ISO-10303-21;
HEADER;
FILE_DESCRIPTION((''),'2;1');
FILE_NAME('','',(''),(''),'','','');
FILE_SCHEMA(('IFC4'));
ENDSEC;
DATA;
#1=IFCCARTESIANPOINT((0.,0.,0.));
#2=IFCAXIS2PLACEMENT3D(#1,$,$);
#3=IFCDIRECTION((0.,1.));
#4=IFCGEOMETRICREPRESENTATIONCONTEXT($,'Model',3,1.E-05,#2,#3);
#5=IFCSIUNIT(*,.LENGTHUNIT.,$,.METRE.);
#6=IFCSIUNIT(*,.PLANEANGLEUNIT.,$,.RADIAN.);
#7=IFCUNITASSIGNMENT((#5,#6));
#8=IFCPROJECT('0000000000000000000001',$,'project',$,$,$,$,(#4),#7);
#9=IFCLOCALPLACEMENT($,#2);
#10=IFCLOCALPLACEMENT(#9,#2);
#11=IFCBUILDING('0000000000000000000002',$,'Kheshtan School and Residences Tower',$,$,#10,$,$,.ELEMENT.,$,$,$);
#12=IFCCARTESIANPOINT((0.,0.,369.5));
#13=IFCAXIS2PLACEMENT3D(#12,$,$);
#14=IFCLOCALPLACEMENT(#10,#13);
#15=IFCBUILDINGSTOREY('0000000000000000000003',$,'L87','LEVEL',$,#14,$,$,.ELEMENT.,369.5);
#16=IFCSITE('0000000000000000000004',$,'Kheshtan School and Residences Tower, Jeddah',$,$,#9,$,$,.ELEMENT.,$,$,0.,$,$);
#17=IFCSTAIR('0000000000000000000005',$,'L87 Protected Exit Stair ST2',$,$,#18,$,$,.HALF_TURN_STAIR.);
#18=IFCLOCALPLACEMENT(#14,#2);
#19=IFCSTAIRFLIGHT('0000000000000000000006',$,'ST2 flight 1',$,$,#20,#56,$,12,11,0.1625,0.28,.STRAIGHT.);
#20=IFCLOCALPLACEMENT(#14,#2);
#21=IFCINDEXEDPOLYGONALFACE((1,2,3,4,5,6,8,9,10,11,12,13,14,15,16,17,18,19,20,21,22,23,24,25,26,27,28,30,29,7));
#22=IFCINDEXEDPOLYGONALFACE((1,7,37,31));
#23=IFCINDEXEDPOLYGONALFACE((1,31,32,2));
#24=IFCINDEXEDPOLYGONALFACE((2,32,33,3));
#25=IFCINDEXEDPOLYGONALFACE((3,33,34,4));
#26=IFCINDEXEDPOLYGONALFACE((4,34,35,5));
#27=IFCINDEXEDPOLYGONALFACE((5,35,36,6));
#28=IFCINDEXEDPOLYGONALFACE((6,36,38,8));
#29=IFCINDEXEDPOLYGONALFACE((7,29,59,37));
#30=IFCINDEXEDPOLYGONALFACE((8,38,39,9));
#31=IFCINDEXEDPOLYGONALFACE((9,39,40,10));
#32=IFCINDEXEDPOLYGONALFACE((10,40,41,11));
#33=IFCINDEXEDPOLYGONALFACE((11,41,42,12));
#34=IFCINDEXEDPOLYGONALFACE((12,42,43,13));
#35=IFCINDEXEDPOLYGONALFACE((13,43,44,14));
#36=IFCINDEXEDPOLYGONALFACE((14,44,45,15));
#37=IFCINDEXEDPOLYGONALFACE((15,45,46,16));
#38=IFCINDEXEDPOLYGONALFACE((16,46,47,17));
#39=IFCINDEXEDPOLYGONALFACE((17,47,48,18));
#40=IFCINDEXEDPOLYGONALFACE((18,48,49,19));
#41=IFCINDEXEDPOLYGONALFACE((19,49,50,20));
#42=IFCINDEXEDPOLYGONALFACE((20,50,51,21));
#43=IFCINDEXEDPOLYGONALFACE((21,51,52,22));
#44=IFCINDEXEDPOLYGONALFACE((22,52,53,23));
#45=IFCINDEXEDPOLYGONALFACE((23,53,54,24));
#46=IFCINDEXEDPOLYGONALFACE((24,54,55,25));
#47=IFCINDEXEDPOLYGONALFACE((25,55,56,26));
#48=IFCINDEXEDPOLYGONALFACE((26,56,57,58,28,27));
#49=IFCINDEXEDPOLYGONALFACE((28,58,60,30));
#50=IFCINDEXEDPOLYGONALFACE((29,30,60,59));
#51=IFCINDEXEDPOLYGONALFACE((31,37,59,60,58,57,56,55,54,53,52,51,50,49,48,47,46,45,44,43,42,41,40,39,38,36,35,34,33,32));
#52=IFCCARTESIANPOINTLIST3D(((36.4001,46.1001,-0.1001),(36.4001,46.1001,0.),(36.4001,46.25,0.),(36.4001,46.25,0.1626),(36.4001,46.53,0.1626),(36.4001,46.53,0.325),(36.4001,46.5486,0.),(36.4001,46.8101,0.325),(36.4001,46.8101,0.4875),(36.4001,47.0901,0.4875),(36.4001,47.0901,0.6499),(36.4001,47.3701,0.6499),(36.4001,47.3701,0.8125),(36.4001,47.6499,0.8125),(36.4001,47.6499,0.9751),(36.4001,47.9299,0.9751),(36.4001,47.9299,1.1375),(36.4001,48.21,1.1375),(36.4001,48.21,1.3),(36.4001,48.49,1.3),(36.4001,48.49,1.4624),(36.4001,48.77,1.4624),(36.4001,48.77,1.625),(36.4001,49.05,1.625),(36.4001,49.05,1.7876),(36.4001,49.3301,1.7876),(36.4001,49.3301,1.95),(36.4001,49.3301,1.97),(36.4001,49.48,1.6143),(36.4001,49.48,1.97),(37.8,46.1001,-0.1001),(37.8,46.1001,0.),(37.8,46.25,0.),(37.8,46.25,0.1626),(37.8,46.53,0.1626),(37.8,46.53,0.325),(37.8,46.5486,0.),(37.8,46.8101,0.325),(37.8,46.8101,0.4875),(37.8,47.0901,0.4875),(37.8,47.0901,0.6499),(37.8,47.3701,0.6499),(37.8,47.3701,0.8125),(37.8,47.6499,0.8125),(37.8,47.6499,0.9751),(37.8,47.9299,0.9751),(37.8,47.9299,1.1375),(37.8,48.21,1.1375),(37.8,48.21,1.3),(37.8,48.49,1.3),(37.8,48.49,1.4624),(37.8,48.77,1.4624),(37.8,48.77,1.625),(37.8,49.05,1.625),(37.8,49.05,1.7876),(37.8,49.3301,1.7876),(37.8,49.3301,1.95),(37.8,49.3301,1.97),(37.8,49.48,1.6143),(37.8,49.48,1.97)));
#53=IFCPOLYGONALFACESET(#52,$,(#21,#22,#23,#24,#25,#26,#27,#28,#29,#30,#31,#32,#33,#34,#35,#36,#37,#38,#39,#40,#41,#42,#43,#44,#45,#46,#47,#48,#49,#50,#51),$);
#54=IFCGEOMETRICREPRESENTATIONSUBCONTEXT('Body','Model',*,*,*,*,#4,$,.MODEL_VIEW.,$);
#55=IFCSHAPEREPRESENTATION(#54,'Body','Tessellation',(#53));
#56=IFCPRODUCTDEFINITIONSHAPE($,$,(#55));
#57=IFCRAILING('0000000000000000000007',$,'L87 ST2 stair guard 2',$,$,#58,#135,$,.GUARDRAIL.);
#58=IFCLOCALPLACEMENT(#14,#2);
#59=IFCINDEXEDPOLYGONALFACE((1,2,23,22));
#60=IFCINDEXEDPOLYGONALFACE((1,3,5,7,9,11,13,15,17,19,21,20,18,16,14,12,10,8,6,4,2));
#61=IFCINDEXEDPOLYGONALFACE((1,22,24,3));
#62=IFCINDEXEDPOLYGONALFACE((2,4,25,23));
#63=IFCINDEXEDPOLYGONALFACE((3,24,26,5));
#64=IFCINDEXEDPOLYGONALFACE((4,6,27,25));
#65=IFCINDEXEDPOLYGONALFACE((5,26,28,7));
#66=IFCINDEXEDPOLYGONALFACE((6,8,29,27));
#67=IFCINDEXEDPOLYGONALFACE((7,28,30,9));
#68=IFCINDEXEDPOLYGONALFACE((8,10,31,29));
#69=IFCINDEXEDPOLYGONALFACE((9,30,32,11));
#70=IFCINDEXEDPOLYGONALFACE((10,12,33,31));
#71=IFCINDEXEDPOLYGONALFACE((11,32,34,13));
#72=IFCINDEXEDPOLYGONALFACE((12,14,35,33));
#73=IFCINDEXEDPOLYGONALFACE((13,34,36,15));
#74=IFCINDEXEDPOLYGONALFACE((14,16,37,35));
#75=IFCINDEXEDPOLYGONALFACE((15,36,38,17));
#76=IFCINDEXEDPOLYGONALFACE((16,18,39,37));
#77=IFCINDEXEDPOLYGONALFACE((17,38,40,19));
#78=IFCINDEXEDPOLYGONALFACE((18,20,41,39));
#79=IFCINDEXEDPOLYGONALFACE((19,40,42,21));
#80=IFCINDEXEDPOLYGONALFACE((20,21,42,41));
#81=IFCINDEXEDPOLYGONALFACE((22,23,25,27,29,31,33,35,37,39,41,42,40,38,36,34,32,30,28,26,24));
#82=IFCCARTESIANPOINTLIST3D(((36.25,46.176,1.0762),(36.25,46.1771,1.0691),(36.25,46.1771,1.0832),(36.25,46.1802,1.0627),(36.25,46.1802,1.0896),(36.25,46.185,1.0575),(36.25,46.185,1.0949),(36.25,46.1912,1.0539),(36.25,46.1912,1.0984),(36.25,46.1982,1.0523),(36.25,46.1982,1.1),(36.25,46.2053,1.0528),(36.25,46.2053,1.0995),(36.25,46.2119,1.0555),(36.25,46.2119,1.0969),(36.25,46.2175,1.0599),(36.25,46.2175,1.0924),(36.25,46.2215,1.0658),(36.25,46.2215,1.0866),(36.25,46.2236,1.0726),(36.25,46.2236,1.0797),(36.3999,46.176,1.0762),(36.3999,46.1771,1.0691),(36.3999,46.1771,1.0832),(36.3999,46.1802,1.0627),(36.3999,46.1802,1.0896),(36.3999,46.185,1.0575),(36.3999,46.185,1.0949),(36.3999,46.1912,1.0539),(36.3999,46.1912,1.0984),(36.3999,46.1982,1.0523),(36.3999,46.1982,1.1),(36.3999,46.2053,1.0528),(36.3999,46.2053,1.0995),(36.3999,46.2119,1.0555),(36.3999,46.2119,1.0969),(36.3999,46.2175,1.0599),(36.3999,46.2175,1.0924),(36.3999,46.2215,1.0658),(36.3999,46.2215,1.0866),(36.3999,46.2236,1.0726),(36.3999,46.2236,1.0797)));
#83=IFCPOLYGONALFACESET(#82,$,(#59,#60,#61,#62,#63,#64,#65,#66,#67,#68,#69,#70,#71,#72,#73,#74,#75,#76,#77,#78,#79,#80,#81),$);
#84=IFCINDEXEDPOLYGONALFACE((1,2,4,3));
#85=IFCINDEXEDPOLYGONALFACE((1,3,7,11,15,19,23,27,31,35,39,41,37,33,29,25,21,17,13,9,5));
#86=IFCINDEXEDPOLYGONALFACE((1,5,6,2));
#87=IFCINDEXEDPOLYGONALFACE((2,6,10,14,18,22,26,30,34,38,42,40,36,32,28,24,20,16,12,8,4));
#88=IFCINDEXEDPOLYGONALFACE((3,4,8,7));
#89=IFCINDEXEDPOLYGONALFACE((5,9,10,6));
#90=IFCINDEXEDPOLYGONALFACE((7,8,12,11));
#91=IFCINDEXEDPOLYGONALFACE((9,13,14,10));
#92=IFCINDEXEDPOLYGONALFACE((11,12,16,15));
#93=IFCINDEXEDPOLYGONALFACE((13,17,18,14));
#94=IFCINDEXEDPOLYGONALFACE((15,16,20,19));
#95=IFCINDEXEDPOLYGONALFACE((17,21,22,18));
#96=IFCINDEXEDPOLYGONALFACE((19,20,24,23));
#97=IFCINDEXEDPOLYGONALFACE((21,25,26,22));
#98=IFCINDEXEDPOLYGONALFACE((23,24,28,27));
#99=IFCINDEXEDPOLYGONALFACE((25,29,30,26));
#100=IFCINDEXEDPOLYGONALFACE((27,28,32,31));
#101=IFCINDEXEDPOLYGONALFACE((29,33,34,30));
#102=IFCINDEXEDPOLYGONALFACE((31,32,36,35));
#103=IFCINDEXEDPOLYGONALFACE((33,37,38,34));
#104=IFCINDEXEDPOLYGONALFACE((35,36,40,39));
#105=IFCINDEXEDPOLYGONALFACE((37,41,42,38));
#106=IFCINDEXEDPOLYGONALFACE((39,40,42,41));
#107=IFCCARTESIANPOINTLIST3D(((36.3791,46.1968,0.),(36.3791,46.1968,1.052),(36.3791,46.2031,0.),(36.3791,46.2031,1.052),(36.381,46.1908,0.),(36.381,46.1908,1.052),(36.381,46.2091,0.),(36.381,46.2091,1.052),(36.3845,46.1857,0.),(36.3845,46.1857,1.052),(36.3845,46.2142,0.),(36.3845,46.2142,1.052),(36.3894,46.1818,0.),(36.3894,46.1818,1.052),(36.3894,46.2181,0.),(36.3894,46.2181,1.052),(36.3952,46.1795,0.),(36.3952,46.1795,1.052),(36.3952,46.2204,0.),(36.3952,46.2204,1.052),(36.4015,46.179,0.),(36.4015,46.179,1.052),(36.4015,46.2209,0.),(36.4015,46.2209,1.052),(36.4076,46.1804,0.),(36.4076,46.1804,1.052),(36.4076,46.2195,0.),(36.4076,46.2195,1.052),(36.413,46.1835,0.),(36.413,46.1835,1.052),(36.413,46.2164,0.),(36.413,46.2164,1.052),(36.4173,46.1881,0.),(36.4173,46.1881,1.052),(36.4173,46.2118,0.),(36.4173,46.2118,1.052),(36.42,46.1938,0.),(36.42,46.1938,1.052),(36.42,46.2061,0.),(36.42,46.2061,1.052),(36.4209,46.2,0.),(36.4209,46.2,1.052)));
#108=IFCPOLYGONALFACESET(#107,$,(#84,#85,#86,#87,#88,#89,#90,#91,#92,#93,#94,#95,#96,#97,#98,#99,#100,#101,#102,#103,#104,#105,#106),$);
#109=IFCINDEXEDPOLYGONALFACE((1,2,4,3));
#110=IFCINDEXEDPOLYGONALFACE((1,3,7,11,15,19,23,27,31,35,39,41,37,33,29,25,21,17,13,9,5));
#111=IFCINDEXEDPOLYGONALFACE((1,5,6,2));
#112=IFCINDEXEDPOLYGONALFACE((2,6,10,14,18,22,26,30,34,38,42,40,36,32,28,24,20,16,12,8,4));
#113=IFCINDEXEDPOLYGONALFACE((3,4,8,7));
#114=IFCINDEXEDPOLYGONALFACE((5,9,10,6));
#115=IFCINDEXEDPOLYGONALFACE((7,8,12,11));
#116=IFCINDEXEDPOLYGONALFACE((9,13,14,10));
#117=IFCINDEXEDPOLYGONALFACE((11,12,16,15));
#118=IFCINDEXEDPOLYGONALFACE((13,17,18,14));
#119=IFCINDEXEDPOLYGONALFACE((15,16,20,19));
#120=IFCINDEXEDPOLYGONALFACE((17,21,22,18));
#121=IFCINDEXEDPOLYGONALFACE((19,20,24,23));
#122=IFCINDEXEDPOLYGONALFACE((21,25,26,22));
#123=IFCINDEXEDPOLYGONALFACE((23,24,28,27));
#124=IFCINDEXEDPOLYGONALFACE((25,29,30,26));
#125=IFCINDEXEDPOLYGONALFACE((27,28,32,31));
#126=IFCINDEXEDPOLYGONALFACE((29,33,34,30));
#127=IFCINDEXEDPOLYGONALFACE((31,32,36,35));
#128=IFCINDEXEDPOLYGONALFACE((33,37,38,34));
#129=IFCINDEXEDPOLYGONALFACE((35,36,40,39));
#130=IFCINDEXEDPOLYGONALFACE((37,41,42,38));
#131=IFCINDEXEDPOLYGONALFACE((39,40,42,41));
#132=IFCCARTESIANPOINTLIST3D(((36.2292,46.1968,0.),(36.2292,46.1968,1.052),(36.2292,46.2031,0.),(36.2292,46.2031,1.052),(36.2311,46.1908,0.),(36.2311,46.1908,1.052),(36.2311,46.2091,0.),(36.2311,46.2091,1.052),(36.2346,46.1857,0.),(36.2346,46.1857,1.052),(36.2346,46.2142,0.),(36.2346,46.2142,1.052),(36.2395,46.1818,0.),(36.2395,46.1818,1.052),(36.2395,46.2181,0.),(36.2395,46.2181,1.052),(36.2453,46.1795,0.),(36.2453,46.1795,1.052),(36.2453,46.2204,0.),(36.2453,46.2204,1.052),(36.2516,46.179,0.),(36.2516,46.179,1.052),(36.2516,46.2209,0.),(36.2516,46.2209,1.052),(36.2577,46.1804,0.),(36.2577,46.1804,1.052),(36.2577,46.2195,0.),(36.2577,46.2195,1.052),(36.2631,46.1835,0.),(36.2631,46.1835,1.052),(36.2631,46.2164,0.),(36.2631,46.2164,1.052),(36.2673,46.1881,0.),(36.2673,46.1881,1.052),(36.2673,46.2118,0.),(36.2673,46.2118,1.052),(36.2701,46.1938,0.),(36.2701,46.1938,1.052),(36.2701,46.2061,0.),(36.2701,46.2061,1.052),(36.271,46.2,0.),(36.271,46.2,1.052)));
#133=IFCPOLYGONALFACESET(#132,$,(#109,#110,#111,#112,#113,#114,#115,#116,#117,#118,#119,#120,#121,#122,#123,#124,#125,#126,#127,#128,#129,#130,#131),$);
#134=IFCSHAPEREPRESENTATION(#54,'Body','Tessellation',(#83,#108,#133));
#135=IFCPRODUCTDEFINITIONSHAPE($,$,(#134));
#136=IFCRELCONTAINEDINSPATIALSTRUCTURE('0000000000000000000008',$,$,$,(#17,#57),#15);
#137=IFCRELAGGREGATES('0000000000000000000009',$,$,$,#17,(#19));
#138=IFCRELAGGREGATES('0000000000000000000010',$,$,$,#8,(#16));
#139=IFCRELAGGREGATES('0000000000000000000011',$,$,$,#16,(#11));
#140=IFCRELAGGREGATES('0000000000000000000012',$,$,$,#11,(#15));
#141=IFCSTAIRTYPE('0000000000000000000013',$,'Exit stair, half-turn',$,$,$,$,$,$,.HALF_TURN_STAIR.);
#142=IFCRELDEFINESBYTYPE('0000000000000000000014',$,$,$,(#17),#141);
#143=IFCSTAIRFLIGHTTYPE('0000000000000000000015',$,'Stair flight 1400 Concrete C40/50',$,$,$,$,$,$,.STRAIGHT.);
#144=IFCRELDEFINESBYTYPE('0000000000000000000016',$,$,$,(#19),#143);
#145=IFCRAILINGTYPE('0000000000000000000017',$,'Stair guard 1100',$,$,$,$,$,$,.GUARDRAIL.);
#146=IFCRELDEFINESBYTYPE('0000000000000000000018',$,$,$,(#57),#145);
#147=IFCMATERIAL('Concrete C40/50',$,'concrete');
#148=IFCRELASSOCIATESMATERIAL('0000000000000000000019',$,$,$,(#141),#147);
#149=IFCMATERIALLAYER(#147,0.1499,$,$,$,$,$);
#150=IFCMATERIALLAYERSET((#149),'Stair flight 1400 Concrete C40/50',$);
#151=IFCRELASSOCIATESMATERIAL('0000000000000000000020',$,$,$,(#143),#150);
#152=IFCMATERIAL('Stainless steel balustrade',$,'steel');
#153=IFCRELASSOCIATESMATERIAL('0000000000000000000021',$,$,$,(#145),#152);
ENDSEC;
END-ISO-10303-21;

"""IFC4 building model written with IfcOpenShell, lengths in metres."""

from ifc_helpers import new_model, si_unit, direction, frame, origin, origin_2d, place, context, subcontext, project, spatial, polyline, circle, outline, extrude, material, layer, layer_set, type_object, element, aggregate, save


model = new_model("IFC4")

# Units and contexts
model_context = context("Model", 3, precision=1e-05, world=origin(), true_north=direction((0.0, 1.0)))
body_context = subcontext(model_context, "Body", "Model", "MODEL_VIEW")
ifc_project = project(units=[si_unit("LENGTHUNIT", "METRE"), si_unit("PLANEANGLEUNIT", "RADIAN")], contexts=[model_context])

# Site, building, storey
site_placement = place(None, origin())
site = spatial("IfcSite", under=ifc_project, at=site_placement, Name="Kheshtan School and Residences Tower, Jeddah", CompositionType="ELEMENT", RefElevation=0.0)
building_placement = place(site_placement, origin())
building = spatial("IfcBuilding", under=site, at=building_placement, Name="Kheshtan School and Residences Tower", CompositionType="ELEMENT")
storey_placement = place(building_placement, frame((0.0, 0.0, 369.5)))
storey = spatial("IfcBuildingStorey", under=building, at=storey_placement, Name="L87", Description="LEVEL", CompositionType="ELEMENT", Elevation=369.5)

# Shared definitions
ifc_material_1 = material(Name="Concrete C40/50", Category="concrete")

# Stair, stair flight
stair_type = type_object("IfcStairType", Name="Exit stair, half-turn", PredefinedType="HALF_TURN_STAIR", material=ifc_material_1)
stair_placement = place(storey_placement, origin())
stair = element("IfcStair", 1, at=stair_placement, inside=storey, type_object=stair_type, Name="L87 Protected Exit Stair ST2", PredefinedType="HALF_TURN_STAIR")
ifc_layer_1 = layer(ifc_material_1, 0.1499)
ifc_layer_set_1 = layer_set([ifc_layer_1], Name="Stair flight 1400 Concrete C40/50")
stair_flight_type = type_object("IfcStairFlightType", Name="Stair flight 1400 Concrete C40/50", PredefinedType="STRAIGHT", material=ifc_layer_set_1)
stair_flight_placement = place(storey_placement, frame((37.1001, 46.25, 0.0), z_axis=(0.0, 0.0, 1.0), x_axis=(0.0, 1.0, 0.0)))
stair_flight = element("IfcStairFlight", 2, at=stair_flight_placement, type_object=stair_flight_type, Name="ST2 flight 1", NumberOfRisers=12, NumberOfTreads=11, PredefinedType="STRAIGHT", RiserHeight=0.1625, TreadLength=0.28, context=body_context, shape_type="SweptSolid", body=[
    extrude(outline(polyline([(-0.1499, -0.1001), (-0.1499, 0.0), (0.0, 0.0), (0.0, 0.1626), (0.28, 0.1626), (0.28, 0.325), (0.5601, 0.325), (0.5601, 0.4875), (0.8401, 0.4875), (0.8401, 0.6499), (1.1201, 0.6499), (1.1201, 0.8125), (1.3999, 0.8125), (1.3999, 0.9751), (1.6799, 0.9751), (1.6799, 1.1375), (1.96, 1.1375), (1.96, 1.3), (2.24, 1.3), (2.24, 1.4624), (2.52, 1.4624), (2.52, 1.625), (2.8, 1.625), (2.8, 1.7876), (3.0801, 1.7876), (3.0801, 1.95), (3.0801, 1.97), (3.23, 1.97), (3.23, 1.6143), (0.2986, 0.0), (-0.1499, -0.1001)])), frame((0.0, 0.7, 0.0), z_axis=(0.0, -1.0, 0.0), x_axis=(1.0, 0.0, 0.0)), (0.0, 0.0, 1.0), 1.3999),
])
aggregate(stair, [stair_flight])

# Railing
ifc_material_2 = material(Name="Stainless steel balustrade", Category="steel")
railing_type_1 = type_object("IfcRailingType", Name="Stair guard 1100", PredefinedType="GUARDRAIL", material=ifc_material_2)
railing_1_placement = place(storey_placement, frame((36.3999, 46.2, 0.0)))
element("IfcRailing", 3, at=railing_1_placement, inside=storey, type_object=railing_type_1, Name="L87 ST2 stair guard 2", PredefinedType="GUARDRAIL", context=body_context, shape_type="SweptSolid", body=[
    extrude(circle(Radius=0.0239, at=origin_2d()), frame((0.0, 0.0, 1.0762), z_axis=(-1.0, 0.0, 0.0), x_axis=(0.0, -1.0, 0.0)), (0.0, 0.0, 1.0), 0.1499),
    extrude(circle(Radius=0.021, at=origin_2d()), origin(), (0.0, 0.0, 1.0), 1.052),
    extrude(circle(Radius=0.021, at=origin_2d()), frame((-0.1499, 0.0, 0.0)), (0.0, 0.0, 1.0), 1.052),
])

save(model, "model.ifc")
